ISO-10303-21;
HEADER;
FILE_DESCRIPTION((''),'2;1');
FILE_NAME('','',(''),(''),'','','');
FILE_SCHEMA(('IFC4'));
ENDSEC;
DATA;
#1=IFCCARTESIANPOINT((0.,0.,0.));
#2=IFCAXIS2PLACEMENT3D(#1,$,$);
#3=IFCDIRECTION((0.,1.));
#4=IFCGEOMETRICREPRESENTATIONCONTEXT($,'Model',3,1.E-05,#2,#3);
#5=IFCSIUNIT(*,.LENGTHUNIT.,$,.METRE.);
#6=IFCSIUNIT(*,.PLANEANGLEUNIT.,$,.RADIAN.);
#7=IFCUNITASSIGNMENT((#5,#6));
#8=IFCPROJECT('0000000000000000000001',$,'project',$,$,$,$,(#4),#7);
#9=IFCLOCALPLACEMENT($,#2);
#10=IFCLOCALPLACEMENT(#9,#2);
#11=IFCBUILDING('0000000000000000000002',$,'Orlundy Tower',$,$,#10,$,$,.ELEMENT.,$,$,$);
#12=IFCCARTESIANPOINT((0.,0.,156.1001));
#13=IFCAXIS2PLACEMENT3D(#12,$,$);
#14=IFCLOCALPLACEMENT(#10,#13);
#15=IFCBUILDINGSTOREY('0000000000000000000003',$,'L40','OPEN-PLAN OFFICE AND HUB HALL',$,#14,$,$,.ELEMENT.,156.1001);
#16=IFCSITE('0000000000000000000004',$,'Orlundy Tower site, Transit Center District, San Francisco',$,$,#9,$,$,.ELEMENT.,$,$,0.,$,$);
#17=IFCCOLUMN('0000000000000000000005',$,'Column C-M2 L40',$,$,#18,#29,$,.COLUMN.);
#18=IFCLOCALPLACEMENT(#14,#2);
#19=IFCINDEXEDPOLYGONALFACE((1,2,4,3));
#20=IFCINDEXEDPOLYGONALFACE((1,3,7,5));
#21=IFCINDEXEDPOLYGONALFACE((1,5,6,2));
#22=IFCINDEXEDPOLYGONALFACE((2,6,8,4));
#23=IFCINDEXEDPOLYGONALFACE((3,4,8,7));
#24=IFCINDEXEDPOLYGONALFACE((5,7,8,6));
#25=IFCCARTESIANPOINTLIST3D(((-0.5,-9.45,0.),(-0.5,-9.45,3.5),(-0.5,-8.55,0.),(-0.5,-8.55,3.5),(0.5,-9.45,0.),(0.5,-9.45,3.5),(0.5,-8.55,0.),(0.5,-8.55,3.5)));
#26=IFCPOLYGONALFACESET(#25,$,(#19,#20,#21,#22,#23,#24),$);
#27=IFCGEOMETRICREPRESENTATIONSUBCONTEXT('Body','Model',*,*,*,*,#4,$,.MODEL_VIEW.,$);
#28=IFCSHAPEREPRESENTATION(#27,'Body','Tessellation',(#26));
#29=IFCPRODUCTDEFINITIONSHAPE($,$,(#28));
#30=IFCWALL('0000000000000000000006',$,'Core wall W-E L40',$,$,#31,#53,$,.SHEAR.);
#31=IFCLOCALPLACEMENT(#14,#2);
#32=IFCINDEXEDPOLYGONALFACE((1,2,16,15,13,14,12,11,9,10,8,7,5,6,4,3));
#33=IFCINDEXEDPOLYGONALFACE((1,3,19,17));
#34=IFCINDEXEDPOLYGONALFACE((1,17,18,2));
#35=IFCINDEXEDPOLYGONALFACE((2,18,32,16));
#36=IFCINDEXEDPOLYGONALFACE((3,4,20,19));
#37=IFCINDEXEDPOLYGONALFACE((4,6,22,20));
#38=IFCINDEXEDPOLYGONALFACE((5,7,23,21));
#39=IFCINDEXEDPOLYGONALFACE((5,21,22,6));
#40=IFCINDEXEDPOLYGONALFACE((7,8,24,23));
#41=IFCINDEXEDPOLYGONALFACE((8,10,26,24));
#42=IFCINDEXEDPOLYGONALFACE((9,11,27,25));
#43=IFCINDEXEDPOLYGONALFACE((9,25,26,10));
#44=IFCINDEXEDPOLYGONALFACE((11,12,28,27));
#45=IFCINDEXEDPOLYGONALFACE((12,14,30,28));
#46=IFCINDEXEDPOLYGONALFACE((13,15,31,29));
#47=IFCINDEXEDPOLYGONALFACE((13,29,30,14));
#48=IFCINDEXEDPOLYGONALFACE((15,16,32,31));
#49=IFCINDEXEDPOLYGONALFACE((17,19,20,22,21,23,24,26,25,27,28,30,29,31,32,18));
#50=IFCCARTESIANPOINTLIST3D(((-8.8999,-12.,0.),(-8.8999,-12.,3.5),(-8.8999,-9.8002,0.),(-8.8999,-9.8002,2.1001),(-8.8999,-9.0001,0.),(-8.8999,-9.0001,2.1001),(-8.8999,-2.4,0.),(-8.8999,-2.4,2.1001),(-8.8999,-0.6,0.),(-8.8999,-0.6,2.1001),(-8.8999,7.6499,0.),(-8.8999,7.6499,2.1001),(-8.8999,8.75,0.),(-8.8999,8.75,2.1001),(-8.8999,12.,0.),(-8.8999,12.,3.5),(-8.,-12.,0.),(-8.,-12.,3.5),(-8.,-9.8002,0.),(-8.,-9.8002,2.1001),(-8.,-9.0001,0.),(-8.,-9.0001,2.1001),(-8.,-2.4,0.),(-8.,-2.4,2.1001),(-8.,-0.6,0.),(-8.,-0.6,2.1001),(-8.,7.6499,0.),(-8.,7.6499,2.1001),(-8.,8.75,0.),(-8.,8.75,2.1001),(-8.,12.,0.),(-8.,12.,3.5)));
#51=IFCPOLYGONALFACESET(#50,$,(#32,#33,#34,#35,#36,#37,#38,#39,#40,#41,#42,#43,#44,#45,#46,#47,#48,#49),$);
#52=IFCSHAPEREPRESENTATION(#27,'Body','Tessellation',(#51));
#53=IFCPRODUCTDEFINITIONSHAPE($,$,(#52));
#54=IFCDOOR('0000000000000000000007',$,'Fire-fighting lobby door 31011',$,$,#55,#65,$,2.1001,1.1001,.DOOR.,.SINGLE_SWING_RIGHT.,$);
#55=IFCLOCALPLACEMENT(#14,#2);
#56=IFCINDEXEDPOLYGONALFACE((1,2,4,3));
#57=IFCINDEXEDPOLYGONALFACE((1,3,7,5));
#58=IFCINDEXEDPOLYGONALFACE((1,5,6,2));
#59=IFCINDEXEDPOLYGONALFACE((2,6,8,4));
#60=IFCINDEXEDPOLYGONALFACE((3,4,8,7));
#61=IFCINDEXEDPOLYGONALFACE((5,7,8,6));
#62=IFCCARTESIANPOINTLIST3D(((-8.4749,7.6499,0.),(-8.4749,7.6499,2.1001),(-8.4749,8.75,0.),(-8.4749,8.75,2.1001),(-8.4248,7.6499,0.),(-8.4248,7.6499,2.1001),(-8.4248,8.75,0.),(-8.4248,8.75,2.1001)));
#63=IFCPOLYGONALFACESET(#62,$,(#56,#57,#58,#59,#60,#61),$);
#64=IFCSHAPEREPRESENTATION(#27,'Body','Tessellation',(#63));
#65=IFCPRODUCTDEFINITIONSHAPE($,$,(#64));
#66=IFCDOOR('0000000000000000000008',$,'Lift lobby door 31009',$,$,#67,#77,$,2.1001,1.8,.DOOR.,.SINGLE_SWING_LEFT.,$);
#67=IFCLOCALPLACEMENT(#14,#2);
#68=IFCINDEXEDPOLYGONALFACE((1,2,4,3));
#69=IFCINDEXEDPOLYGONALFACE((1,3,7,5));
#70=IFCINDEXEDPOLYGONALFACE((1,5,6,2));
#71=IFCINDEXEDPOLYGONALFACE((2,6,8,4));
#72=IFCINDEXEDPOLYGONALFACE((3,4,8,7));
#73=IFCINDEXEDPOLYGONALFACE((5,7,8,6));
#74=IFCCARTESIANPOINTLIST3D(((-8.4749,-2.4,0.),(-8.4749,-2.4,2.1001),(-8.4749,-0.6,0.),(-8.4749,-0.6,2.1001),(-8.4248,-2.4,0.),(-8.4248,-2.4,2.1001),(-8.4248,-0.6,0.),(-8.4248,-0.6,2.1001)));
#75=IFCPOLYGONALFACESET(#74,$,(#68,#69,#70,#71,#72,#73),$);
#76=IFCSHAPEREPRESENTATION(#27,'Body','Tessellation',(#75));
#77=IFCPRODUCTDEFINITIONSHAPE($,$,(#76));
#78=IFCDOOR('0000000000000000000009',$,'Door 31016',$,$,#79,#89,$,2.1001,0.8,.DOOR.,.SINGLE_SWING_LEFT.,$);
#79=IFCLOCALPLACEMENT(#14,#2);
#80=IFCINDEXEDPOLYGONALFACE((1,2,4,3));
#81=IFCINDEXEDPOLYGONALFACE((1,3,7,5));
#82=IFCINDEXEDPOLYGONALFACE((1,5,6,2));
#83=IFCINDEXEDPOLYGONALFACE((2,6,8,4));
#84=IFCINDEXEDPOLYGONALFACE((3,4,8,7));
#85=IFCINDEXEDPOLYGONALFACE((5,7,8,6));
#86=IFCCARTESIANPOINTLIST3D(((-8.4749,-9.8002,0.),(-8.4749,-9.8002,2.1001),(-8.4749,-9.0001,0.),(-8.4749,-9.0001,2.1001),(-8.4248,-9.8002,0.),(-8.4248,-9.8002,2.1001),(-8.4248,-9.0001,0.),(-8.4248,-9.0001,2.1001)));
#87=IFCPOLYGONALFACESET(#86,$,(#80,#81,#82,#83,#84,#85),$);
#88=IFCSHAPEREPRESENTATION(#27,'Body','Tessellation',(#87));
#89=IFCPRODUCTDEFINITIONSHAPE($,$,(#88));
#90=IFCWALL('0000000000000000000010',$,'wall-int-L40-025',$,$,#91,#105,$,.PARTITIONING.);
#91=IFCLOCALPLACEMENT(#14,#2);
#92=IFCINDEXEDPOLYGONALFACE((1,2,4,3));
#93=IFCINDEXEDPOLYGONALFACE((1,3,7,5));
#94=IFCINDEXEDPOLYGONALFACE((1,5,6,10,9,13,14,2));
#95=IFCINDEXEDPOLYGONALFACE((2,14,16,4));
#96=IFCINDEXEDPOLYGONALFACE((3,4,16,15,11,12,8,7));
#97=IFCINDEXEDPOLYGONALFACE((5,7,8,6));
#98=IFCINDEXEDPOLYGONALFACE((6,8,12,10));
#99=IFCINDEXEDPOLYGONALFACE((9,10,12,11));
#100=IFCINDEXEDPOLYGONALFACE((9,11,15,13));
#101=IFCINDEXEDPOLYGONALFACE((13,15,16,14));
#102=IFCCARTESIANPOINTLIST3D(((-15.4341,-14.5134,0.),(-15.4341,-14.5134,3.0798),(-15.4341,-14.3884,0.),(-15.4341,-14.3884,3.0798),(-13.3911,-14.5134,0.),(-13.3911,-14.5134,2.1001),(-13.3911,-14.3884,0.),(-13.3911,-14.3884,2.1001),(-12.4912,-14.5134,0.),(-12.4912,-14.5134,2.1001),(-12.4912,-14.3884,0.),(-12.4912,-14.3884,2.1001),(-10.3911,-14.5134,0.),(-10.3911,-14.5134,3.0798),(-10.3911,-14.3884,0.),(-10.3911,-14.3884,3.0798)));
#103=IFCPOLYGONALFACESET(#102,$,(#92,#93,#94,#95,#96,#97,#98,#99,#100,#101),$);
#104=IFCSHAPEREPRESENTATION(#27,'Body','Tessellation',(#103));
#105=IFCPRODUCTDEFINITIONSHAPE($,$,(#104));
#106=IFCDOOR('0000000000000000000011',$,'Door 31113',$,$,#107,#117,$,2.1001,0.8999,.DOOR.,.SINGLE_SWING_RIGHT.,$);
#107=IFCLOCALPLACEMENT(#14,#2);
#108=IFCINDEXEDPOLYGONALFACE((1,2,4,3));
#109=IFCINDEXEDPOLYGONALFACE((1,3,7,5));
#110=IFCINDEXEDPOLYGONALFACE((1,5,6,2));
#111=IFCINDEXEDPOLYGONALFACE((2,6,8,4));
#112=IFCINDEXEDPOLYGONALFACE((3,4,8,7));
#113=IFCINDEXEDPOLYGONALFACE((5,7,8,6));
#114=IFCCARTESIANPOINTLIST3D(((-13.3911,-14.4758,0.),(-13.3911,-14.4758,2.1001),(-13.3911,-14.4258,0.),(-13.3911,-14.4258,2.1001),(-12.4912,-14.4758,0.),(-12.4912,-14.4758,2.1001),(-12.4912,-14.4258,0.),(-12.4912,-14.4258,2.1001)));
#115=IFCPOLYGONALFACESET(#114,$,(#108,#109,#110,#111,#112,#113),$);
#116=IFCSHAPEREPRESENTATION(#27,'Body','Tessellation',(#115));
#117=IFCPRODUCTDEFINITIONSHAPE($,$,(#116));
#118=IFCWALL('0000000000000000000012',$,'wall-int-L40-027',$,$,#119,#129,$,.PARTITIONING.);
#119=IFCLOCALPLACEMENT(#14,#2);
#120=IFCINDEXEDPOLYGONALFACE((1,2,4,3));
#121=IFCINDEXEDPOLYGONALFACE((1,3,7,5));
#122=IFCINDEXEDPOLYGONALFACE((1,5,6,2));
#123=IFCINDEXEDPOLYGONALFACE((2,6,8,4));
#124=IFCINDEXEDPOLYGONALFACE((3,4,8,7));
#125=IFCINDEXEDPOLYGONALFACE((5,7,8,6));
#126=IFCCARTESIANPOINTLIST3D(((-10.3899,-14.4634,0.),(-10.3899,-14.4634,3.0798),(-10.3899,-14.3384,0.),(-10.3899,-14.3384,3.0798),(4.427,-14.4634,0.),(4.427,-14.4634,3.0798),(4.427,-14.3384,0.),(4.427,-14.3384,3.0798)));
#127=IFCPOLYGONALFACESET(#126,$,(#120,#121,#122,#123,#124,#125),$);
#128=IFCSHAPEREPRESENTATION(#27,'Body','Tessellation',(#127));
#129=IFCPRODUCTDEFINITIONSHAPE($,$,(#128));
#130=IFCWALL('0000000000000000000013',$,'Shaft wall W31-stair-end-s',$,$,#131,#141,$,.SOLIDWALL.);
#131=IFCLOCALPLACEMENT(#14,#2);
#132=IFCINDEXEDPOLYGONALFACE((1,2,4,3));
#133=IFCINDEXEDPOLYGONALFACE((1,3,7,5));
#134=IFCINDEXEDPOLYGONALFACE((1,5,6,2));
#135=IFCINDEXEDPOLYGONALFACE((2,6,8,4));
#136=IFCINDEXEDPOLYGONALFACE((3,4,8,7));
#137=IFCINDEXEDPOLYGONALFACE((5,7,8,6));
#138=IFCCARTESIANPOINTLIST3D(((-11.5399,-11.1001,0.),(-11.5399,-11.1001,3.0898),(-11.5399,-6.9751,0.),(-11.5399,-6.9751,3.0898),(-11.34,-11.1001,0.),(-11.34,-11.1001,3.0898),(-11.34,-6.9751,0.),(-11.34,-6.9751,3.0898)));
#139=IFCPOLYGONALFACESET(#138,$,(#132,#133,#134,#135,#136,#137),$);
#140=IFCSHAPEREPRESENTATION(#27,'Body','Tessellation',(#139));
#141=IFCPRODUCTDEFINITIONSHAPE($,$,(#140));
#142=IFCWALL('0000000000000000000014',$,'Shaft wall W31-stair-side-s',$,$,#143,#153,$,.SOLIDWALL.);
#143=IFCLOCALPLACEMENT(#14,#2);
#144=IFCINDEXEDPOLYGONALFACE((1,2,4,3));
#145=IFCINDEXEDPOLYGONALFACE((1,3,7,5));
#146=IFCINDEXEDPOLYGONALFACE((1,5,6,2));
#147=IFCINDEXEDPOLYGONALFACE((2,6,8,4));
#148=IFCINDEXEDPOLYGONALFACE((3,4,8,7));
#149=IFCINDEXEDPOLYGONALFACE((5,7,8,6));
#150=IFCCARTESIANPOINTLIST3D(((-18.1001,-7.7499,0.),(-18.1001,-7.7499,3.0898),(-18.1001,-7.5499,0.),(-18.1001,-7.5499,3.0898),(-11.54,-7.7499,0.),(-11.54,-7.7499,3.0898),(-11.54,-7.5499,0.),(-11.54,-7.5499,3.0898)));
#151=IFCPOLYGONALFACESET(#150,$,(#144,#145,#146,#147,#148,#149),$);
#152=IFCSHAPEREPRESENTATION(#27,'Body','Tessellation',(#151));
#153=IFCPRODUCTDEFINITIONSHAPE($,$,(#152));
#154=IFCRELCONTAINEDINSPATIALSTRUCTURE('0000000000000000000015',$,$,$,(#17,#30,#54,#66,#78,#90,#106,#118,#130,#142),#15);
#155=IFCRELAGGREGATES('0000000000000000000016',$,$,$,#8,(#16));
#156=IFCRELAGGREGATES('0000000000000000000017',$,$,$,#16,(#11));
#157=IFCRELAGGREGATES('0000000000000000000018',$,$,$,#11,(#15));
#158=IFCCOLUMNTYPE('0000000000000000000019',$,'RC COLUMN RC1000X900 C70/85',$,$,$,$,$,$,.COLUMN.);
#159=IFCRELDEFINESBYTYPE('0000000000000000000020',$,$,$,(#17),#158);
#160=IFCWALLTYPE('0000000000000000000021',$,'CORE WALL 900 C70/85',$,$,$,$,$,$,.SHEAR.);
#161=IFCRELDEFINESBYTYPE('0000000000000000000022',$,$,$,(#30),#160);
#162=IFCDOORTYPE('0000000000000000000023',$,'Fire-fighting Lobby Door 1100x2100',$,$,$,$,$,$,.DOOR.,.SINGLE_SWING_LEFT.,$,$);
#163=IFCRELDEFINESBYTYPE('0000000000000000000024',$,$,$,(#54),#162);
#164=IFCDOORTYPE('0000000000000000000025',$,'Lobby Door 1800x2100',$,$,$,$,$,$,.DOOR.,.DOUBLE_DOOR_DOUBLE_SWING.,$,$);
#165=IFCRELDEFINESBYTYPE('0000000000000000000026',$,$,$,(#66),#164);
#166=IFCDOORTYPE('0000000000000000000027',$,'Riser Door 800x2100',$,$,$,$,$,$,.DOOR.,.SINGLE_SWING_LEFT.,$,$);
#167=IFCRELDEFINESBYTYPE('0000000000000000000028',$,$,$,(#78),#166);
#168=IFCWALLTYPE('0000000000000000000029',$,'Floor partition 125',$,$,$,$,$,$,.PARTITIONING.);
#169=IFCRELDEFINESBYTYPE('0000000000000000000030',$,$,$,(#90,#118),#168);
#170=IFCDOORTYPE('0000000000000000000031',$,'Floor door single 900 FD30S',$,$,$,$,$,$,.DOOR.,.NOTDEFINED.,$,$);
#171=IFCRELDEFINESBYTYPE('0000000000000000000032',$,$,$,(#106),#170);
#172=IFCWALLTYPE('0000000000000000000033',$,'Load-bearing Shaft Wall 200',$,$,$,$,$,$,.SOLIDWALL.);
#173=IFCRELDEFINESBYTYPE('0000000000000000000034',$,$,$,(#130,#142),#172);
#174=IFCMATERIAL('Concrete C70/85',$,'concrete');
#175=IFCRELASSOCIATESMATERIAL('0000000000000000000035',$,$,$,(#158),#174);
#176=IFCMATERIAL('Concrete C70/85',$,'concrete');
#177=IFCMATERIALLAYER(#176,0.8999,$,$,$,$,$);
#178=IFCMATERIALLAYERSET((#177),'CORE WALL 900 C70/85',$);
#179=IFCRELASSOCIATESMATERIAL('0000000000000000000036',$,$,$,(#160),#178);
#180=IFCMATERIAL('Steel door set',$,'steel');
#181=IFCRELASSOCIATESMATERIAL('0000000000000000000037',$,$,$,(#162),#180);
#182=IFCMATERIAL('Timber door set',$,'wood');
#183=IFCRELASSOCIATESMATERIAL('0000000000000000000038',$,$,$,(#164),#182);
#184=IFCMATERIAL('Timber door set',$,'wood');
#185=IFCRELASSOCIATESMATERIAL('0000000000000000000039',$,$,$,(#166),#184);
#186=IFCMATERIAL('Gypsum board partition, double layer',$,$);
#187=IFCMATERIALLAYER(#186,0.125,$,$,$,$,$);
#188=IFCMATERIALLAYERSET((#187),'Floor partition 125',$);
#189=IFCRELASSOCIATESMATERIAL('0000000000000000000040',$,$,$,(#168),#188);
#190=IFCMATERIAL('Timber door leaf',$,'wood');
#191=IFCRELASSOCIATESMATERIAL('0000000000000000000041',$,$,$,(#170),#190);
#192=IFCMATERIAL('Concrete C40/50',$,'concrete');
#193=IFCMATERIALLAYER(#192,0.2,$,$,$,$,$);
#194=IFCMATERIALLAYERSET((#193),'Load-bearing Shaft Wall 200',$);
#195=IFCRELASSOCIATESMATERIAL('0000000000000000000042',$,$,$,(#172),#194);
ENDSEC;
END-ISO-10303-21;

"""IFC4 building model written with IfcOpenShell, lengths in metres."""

from ifc_helpers import new_model, si_unit, direction, frame, frame_2d, origin, origin_2d, place, context, subcontext, project, spatial, rectangle, extrude, material, layer, layer_set, material_profile, profile_set, type_object, element, fill, save


model = new_model("IFC4")

# Units and contexts
model_context = context("Model", 3, precision=1e-05, world=origin(), true_north=direction((0.0, 1.0)))
body_context = subcontext(model_context, "Body", "Model", "MODEL_VIEW")
ifc_project = project(units=[si_unit("LENGTHUNIT", "METRE"), si_unit("PLANEANGLEUNIT", "RADIAN")], contexts=[model_context])

# Site, building, storey
site_placement = place(None, origin())
site = spatial("IfcSite", under=ifc_project, at=site_placement, Name="Orlundy Tower site, Transit Center District, San Francisco", CompositionType="ELEMENT", RefElevation=0.0)
building_placement = place(site_placement, origin())
building = spatial("IfcBuilding", under=site, at=building_placement, Name="Orlundy Tower", CompositionType="ELEMENT")
storey_placement = place(building_placement, frame((0.0, 0.0, 156.1001)))
storey = spatial("IfcBuildingStorey", under=building, at=storey_placement, Name="L40", Description="OPEN-PLAN OFFICE AND HUB HALL", CompositionType="ELEMENT", Elevation=156.1001)

# Column
ifc_material_1 = material(Name="Concrete C70/85", Category="concrete")
ifc_material_profile = material_profile(ifc_material_1, rectangle(XDim=1.0, YDim=0.8999, at=origin_2d()), Name="RC1000X900")
ifc_profile_set = profile_set([ifc_material_profile], Name="Concrete C70/85")
column_type = type_object("IfcColumnType", Name="RC COLUMN RC1000X900 C70/85", PredefinedType="COLUMN", material=ifc_profile_set)
column_placement = place(storey_placement, frame((0.0, -9.0, 0.0), z_axis=(0.0, 0.0, 1.0), x_axis=(1.0, 0.0, 0.0)))
element("IfcColumn", 1, at=column_placement, inside=storey, type_object=column_type, Name="Column C-M2 L40", PredefinedType="COLUMN", context=body_context, shape_type="SweptSolid", body=[
    extrude(rectangle(XDim=1.0, YDim=0.8999, at=origin_2d()), origin(), (0.0, 0.0, 1.0), 3.5),
])

# Wall, openings, doors
ifc_material_2 = material(Name="Concrete C70/85", Category="concrete")
ifc_layer_1 = layer(ifc_material_2, 0.8999)
ifc_layer_set_1 = layer_set([ifc_layer_1], Name="CORE WALL 900 C70/85")
wall_type_1 = type_object("IfcWallType", Name="CORE WALL 900 C70/85", PredefinedType="SHEAR", material=ifc_layer_set_1)
wall_1_placement = place(storey_placement, frame((-8.45, -12.0, 0.0), z_axis=(0.0, 0.0, 1.0), x_axis=(0.0, 1.0, 0.0)))
wall_1 = element("IfcWall", 2, at=wall_1_placement, inside=storey, type_object=wall_type_1, Name="Core wall W-E L40", PredefinedType="SHEAR", context=body_context, shape_type="SweptSolid", body=[
    extrude(rectangle(XDim=24.0, YDim=0.8999, at=frame_2d((12.0, 0.0))), origin(), (0.0, 0.0, 1.0), 3.5),
])
opening_1_placement = place(wall_1_placement, frame((9.6001, 0.0, 0.0)))
opening_1 = element("IfcOpeningElement", 3, at=opening_1_placement, cuts=wall_1, PredefinedType="OPENING", context=body_context, shape_type="SweptSolid", body=[
    extrude(rectangle(XDim=1.8, YDim=2.1001, at=frame_2d((0.8999, 1.05))), frame((0.0, 0.46, 0.0), z_axis=(0.0, -1.0, 0.0), x_axis=(1.0, 0.0, 0.0)), (0.0, 0.0, 1.0), 0.9199),
])
opening_2_placement = place(wall_1_placement, frame((19.6499, 0.0, 0.0)))
opening_2 = element("IfcOpeningElement", 4, at=opening_2_placement, cuts=wall_1, PredefinedType="OPENING", context=body_context, shape_type="SweptSolid", body=[
    extrude(rectangle(XDim=1.1001, YDim=2.1001, at=frame_2d((0.55, 1.05))), frame((0.0, 0.46, 0.0), z_axis=(0.0, -1.0, 0.0), x_axis=(1.0, 0.0, 0.0)), (0.0, 0.0, 1.0), 0.9199),
])
opening_3_placement = place(wall_1_placement, frame((2.2, 0.0, 0.0)))
opening_3 = element("IfcOpeningElement", 5, at=opening_3_placement, cuts=wall_1, PredefinedType="OPENING", context=body_context, shape_type="SweptSolid", body=[
    extrude(rectangle(XDim=0.8, YDim=2.1001, at=frame_2d((0.3999, 1.05))), frame((0.0, 0.46, 0.0), z_axis=(0.0, -1.0, 0.0), x_axis=(1.0, 0.0, 0.0)), (0.0, 0.0, 1.0), 0.9199),
])
ifc_material_3 = material(Name="Steel door set", Category="steel")
door_type_1 = type_object("IfcDoorType", Name="Fire-fighting Lobby Door 1100x2100", OperationType="SINGLE_SWING_LEFT", PredefinedType="DOOR", material=ifc_material_3)
door_1_placement = place(opening_2_placement, origin())
door_1 = element("IfcDoor", 6, at=door_1_placement, inside=storey, type_object=door_type_1, Name="Fire-fighting lobby door 31011", OperationType="SINGLE_SWING_RIGHT", OverallHeight=2.1001, OverallWidth=1.1001, PredefinedType="DOOR", context=body_context, shape_type="SweptSolid", body=[
    extrude(rectangle(XDim=1.1001, YDim=2.1001, at=frame_2d((0.55, 1.05))), frame((0.0, 0.0249, 0.0), z_axis=(0.0, -1.0, 0.0), x_axis=(1.0, 0.0, 0.0)), (0.0, 0.0, 1.0), 0.05),
])
fill(opening_2, door_1)
ifc_material_4 = material(Name="Timber door set", Category="wood")
door_type_2 = type_object("IfcDoorType", Name="Lobby Door 1800x2100", OperationType="DOUBLE_DOOR_DOUBLE_SWING", PredefinedType="DOOR", material=ifc_material_4)
door_2_placement = place(opening_1_placement, origin())
door_2 = element("IfcDoor", 7, at=door_2_placement, inside=storey, type_object=door_type_2, Name="Lift lobby door 31009", OperationType="SINGLE_SWING_LEFT", OverallHeight=2.1001, OverallWidth=1.8, PredefinedType="DOOR", context=body_context, shape_type="SweptSolid", body=[
    extrude(rectangle(XDim=1.8, YDim=2.1001, at=frame_2d((0.8999, 1.05))), frame((0.0, 0.0249, 0.0), z_axis=(0.0, -1.0, 0.0), x_axis=(1.0, 0.0, 0.0)), (0.0, 0.0, 1.0), 0.05),
])
fill(opening_1, door_2)
ifc_material_5 = material(Name="Timber door set", Category="wood")
door_type_3 = type_object("IfcDoorType", Name="Riser Door 800x2100", OperationType="SINGLE_SWING_LEFT", PredefinedType="DOOR", material=ifc_material_5)
door_3_placement = place(opening_3_placement, origin())
door_3 = element("IfcDoor", 8, at=door_3_placement, inside=storey, type_object=door_type_3, Name="Door 31016", OperationType="SINGLE_SWING_LEFT", OverallHeight=2.1001, OverallWidth=0.8, PredefinedType="DOOR", context=body_context, shape_type="SweptSolid", body=[
    extrude(rectangle(XDim=0.8, YDim=2.1001, at=frame_2d((0.3999, 1.05))), frame((0.0, 0.0249, 0.0), z_axis=(0.0, -1.0, 0.0), x_axis=(1.0, 0.0, 0.0)), (0.0, 0.0, 1.0), 0.05),
])
fill(opening_3, door_3)

# Wall, opening, door
ifc_material_6 = material(Name="Gypsum board partition, double layer")
ifc_layer_2 = layer(ifc_material_6, 0.125)
ifc_layer_set_2 = layer_set([ifc_layer_2], Name="Floor partition 125")
wall_type_2 = type_object("IfcWallType", Name="Floor partition 125", PredefinedType="PARTITIONING", material=ifc_layer_set_2)
wall_2_placement = place(storey_placement, frame((-10.3911, -14.4509, 0.0), z_axis=(0.0, 0.0, 1.0), x_axis=(-1.0, 0.0, 0.0)))
wall_2 = element("IfcWall", 9, at=wall_2_placement, inside=storey, type_object=wall_type_2, Name="wall-int-L40-025", PredefinedType="PARTITIONING", context=body_context, shape_type="SweptSolid", body=[
    extrude(rectangle(XDim=5.043, YDim=0.125, at=frame_2d((2.5215, 0.0))), origin(), (0.0, 0.0, 1.0), 3.0798),
])
opening_4_placement = place(wall_2_placement, frame((2.1001, 0.0, 0.0)))
opening_4 = element("IfcOpeningElement", 10, at=opening_4_placement, cuts=wall_2, PredefinedType="OPENING", context=body_context, shape_type="SweptSolid", body=[
    extrude(rectangle(XDim=0.8999, YDim=2.1001, at=frame_2d((0.45, 1.05))), frame((0.0, 0.0725, 0.0), z_axis=(0.0, -1.0, 0.0), x_axis=(1.0, 0.0, 0.0)), (0.0, 0.0, 1.0), 0.145),
])
ifc_material_7 = material(Name="Timber door leaf", Category="wood")
door_type_4 = type_object("IfcDoorType", Name="Floor door single 900 FD30S", OperationType="NOTDEFINED", PredefinedType="DOOR", material=ifc_material_7)
door_4_placement = place(opening_4_placement, origin())
door_4 = element("IfcDoor", 11, at=door_4_placement, inside=storey, type_object=door_type_4, Name="Door 31113", OperationType="SINGLE_SWING_RIGHT", OverallHeight=2.1001, OverallWidth=0.8999, PredefinedType="DOOR", context=body_context, shape_type="SweptSolid", body=[
    extrude(rectangle(XDim=0.8999, YDim=2.1001, at=frame_2d((0.45, 1.05))), frame((0.0, 0.0249, 0.0), z_axis=(0.0, -1.0, 0.0), x_axis=(1.0, 0.0, 0.0)), (0.0, 0.0, 1.0), 0.05),
])
fill(opening_4, door_4)

# Walls
wall_3_placement = place(storey_placement, frame((-10.3899, -14.4009, 0.0), z_axis=(0.0, 0.0, 1.0), x_axis=(1.0, 0.0, 0.0)))
element("IfcWall", 12, at=wall_3_placement, inside=storey, type_object=wall_type_2, Name="wall-int-L40-027", PredefinedType="PARTITIONING", context=body_context, shape_type="SweptSolid", body=[
    extrude(rectangle(XDim=14.8169, YDim=0.125, at=frame_2d((7.4084, 0.0))), origin(), (0.0, 0.0, 1.0), 3.0798),
])
ifc_material_8 = material(Name="Concrete C40/50", Category="concrete")
ifc_layer_3 = layer(ifc_material_8, 0.2)
ifc_layer_set_3 = layer_set([ifc_layer_3], Name="Load-bearing Shaft Wall 200")
wall_type_3 = type_object("IfcWallType", Name="Load-bearing Shaft Wall 200", PredefinedType="SOLIDWALL", material=ifc_layer_set_3)
wall_4_placement = place(storey_placement, frame((-11.4399, -11.1001, 0.0), z_axis=(0.0, 0.0, 1.0), x_axis=(0.0, 1.0, 0.0)))
element("IfcWall", 13, at=wall_4_placement, inside=storey, type_object=wall_type_3, Name="Shaft wall W31-stair-end-s", PredefinedType="SOLIDWALL", context=body_context, shape_type="SweptSolid", body=[
    extrude(rectangle(XDim=4.125, YDim=0.2, at=frame_2d((2.0625, 0.0))), origin(), (0.0, 0.0, 1.0), 3.0898),
])
wall_5_placement = place(storey_placement, frame((-11.54, -7.6499, 0.0), z_axis=(0.0, 0.0, 1.0), x_axis=(-1.0, 0.0, 0.0)))
element("IfcWall", 14, at=wall_5_placement, inside=storey, type_object=wall_type_3, Name="Shaft wall W31-stair-side-s", PredefinedType="SOLIDWALL", context=body_context, shape_type="SweptSolid", body=[
    extrude(rectangle(XDim=6.5601, YDim=0.2, at=frame_2d((3.28, 0.0))), origin(), (0.0, 0.0, 1.0), 3.0898),
])

save(model, "model.ifc")
